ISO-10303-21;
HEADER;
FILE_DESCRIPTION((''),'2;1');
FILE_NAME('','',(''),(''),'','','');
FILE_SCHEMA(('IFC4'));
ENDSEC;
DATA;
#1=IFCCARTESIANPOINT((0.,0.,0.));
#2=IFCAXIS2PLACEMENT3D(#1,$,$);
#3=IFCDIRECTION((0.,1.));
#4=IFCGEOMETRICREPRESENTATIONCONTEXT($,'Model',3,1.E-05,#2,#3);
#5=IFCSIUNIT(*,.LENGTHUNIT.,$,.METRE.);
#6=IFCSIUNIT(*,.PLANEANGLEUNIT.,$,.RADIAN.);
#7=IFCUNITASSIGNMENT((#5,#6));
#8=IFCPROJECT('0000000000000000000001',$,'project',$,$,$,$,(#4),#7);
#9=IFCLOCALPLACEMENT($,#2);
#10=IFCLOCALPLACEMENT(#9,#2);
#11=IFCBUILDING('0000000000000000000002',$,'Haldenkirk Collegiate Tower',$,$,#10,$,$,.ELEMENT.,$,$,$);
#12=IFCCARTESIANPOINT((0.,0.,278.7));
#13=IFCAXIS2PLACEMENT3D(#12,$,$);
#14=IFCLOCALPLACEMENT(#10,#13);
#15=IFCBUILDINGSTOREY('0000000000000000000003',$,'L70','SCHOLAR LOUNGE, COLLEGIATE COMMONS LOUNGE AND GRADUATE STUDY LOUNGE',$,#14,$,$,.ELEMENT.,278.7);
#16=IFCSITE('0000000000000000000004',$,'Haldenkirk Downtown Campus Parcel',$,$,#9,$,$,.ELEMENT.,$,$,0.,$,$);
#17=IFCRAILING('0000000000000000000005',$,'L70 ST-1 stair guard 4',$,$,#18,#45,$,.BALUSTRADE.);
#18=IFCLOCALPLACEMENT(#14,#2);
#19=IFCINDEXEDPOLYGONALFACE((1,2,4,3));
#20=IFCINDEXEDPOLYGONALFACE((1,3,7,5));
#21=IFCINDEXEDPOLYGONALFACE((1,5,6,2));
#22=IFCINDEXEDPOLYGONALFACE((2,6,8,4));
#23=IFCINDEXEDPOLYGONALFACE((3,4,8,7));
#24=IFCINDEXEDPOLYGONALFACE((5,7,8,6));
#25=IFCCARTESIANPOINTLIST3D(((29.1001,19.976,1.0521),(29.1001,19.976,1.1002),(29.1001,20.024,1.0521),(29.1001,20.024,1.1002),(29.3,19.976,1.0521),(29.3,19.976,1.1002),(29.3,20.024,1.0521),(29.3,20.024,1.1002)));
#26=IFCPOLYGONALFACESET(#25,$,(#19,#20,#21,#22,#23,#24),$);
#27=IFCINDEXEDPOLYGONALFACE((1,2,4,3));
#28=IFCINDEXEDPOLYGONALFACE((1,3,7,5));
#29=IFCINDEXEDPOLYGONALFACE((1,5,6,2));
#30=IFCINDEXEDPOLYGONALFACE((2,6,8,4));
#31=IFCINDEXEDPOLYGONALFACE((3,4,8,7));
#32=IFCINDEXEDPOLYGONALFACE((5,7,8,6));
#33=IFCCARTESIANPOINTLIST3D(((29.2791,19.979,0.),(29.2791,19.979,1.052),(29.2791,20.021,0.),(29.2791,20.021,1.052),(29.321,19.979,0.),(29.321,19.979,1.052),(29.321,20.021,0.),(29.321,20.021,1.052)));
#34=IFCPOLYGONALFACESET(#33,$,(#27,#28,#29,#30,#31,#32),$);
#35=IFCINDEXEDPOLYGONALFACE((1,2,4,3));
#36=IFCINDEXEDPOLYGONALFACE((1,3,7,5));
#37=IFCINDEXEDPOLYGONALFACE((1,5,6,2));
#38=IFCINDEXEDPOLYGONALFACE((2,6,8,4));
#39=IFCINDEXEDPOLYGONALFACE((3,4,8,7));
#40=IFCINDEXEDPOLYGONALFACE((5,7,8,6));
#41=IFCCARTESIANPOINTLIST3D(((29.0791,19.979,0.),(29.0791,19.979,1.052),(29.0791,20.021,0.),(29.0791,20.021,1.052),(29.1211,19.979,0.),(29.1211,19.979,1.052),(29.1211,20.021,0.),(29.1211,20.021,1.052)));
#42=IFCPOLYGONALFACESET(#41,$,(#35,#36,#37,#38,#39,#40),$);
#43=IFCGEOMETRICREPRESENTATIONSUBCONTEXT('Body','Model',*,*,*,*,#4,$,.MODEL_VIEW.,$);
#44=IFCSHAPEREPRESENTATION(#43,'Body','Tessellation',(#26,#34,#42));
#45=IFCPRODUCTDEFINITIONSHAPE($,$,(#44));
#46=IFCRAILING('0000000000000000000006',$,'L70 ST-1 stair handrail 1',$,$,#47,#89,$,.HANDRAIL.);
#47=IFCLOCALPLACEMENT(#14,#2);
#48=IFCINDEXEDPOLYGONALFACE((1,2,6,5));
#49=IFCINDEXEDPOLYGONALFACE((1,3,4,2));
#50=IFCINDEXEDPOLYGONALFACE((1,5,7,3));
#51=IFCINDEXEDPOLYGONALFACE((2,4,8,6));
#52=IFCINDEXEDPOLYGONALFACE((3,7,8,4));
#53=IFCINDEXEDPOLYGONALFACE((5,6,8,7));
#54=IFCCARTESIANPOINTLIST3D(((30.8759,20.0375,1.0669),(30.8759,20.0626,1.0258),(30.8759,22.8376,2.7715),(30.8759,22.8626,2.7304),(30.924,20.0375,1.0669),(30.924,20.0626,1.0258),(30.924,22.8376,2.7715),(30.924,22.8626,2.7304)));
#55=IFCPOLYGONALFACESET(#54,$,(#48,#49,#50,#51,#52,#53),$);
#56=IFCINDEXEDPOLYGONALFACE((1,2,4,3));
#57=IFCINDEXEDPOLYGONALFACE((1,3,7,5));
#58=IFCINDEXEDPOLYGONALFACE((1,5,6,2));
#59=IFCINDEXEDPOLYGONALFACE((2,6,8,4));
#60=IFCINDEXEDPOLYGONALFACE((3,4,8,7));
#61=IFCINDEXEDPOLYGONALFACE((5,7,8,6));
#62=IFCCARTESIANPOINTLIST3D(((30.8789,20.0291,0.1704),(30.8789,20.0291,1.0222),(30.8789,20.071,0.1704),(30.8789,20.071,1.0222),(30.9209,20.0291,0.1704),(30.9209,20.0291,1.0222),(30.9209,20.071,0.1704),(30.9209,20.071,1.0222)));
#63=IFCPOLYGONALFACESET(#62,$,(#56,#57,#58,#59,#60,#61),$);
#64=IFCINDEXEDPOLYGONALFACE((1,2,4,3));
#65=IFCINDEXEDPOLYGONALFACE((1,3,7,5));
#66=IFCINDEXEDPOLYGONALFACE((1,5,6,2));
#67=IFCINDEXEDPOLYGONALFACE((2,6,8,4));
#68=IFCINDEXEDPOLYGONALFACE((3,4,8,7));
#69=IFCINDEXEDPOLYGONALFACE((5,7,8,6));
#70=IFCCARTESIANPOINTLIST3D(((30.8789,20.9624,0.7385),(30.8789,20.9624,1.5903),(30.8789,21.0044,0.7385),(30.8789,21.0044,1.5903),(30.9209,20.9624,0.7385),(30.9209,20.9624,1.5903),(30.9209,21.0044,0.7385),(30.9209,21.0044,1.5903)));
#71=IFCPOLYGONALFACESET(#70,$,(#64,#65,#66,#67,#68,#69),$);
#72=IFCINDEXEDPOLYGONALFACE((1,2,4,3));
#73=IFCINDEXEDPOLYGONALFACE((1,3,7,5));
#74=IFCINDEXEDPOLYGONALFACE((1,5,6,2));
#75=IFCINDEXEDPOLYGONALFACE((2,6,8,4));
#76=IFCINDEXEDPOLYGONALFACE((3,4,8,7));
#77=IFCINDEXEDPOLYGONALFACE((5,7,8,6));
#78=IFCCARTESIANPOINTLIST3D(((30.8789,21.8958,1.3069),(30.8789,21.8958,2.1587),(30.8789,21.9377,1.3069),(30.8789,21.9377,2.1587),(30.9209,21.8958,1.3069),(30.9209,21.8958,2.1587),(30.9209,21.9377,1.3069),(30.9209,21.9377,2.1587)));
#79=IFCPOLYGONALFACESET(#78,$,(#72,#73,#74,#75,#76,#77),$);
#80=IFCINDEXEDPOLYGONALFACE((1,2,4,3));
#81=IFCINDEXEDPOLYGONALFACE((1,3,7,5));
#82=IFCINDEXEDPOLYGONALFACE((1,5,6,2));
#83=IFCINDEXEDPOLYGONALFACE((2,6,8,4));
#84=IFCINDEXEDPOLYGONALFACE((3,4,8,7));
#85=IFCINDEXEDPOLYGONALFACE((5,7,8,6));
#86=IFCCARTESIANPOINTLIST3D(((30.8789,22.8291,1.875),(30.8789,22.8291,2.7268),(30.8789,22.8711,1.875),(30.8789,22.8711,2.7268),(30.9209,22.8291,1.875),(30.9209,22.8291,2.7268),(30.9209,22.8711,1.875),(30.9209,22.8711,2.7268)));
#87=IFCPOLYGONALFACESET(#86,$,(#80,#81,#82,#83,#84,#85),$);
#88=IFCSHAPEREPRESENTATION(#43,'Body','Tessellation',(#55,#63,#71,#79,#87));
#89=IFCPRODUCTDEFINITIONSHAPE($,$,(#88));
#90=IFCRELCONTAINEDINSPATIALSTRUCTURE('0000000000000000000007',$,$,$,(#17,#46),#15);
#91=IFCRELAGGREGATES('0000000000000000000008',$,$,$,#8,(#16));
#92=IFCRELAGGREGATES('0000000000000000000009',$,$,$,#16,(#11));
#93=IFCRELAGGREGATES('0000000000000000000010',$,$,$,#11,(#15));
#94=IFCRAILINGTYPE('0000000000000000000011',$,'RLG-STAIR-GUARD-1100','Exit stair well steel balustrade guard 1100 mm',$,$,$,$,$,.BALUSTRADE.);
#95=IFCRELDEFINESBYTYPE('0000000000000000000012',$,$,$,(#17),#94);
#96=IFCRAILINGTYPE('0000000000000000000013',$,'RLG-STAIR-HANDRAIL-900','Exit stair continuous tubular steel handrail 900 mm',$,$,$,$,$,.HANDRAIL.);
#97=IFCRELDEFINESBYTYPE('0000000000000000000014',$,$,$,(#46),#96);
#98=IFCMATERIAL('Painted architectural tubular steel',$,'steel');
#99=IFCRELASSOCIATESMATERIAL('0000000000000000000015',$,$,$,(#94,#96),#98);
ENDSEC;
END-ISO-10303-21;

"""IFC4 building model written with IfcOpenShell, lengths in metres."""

from ifc_helpers import new_model, si_unit, direction, frame, origin, origin_2d, place, context, subcontext, project, spatial, rectangle, extrude, material, type_object, element, save


model = new_model("IFC4")

# Units and contexts
model_context = context("Model", 3, precision=1e-05, world=origin(), true_north=direction((0.0, 1.0)))
body_context = subcontext(model_context, "Body", "Model", "MODEL_VIEW")
ifc_project = project(units=[si_unit("LENGTHUNIT", "METRE"), si_unit("PLANEANGLEUNIT", "RADIAN")], contexts=[model_context])

# Site, building, storey
site_placement = place(None, origin())
site = spatial("IfcSite", under=ifc_project, at=site_placement, Name="Haldenkirk Downtown Campus Parcel", CompositionType="ELEMENT", RefElevation=0.0)
building_placement = place(site_placement, origin())
building = spatial("IfcBuilding", under=site, at=building_placement, Name="Haldenkirk Collegiate Tower", CompositionType="ELEMENT")
storey_placement = place(building_placement, frame((0.0, 0.0, 278.7)))
storey = spatial("IfcBuildingStorey", under=building, at=storey_placement, Name="L70", Description="SCHOLAR LOUNGE, COLLEGIATE COMMONS LOUNGE AND GRADUATE STUDY LOUNGE", CompositionType="ELEMENT", Elevation=278.7)

# Railings
ifc_material_1 = material(Name="Painted architectural tubular steel", Category="steel")
railing_type_1 = type_object("IfcRailingType", Name="RLG-STAIR-GUARD-1100", Description="Exit stair well steel balustrade guard 1100 mm", PredefinedType="BALUSTRADE", material=ifc_material_1)
railing_1_placement = place(storey_placement, frame((29.3, 20.0, 0.0)))
element("IfcRailing", 1, at=railing_1_placement, inside=storey, type_object=railing_type_1, Name="L70 ST-1 stair guard 4", PredefinedType="BALUSTRADE", context=body_context, shape_type="SweptSolid", body=[
    extrude(rectangle(XDim=0.0481, YDim=0.0481, at=origin_2d()), frame((0.0, 0.0, 1.0762), z_axis=(-1.0, 0.0, 0.0), x_axis=(0.0, -1.0, 0.0)), (0.0, 0.0, 1.0), 0.2),
    extrude(rectangle(XDim=0.042, YDim=0.042, at=origin_2d()), origin(), (0.0, 0.0, 1.0), 1.052),
    extrude(rectangle(XDim=0.042, YDim=0.042, at=origin_2d()), frame((-0.2, 0.0, 0.0)), (0.0, 0.0, 1.0), 1.052),
])
railing_type_2 = type_object("IfcRailingType", Name="RLG-STAIR-HANDRAIL-900", Description="Exit stair continuous tubular steel handrail 900 mm", PredefinedType="HANDRAIL", material=ifc_material_1)
railing_2_placement = place(storey_placement, frame((30.8999, 20.05, 0.1704)))
element("IfcRailing", 2, at=railing_2_placement, inside=storey, type_object=railing_type_2, Name="L70 ST-1 stair handrail 1", PredefinedType="HANDRAIL", context=body_context, shape_type="SweptSolid", body=[
    extrude(rectangle(XDim=0.0481, YDim=0.0481, at=origin_2d()), frame((0.0, 0.0, 0.876), z_axis=(0.0, 0.85417, 0.519994), x_axis=(-1.0, 0.0, 0.0)), (0.0, 0.0, 1.0), 3.2781),
    extrude(rectangle(XDim=0.042, YDim=0.042, at=origin_2d()), origin(), (0.0, 0.0, 1.0), 0.8518),
    extrude(rectangle(XDim=0.042, YDim=0.042, at=origin_2d()), frame((0.0, 0.9333, 0.5681)), (0.0, 0.0, 1.0), 0.8518),
    extrude(rectangle(XDim=0.042, YDim=0.042, at=origin_2d()), frame((0.0, 1.8667, 1.1365)), (0.0, 0.0, 1.0), 0.8518),
    extrude(rectangle(XDim=0.042, YDim=0.042, at=origin_2d()), frame((0.0, 2.8, 1.7046)), (0.0, 0.0, 1.0), 0.8518),
])

save(model, "model.ifc")
